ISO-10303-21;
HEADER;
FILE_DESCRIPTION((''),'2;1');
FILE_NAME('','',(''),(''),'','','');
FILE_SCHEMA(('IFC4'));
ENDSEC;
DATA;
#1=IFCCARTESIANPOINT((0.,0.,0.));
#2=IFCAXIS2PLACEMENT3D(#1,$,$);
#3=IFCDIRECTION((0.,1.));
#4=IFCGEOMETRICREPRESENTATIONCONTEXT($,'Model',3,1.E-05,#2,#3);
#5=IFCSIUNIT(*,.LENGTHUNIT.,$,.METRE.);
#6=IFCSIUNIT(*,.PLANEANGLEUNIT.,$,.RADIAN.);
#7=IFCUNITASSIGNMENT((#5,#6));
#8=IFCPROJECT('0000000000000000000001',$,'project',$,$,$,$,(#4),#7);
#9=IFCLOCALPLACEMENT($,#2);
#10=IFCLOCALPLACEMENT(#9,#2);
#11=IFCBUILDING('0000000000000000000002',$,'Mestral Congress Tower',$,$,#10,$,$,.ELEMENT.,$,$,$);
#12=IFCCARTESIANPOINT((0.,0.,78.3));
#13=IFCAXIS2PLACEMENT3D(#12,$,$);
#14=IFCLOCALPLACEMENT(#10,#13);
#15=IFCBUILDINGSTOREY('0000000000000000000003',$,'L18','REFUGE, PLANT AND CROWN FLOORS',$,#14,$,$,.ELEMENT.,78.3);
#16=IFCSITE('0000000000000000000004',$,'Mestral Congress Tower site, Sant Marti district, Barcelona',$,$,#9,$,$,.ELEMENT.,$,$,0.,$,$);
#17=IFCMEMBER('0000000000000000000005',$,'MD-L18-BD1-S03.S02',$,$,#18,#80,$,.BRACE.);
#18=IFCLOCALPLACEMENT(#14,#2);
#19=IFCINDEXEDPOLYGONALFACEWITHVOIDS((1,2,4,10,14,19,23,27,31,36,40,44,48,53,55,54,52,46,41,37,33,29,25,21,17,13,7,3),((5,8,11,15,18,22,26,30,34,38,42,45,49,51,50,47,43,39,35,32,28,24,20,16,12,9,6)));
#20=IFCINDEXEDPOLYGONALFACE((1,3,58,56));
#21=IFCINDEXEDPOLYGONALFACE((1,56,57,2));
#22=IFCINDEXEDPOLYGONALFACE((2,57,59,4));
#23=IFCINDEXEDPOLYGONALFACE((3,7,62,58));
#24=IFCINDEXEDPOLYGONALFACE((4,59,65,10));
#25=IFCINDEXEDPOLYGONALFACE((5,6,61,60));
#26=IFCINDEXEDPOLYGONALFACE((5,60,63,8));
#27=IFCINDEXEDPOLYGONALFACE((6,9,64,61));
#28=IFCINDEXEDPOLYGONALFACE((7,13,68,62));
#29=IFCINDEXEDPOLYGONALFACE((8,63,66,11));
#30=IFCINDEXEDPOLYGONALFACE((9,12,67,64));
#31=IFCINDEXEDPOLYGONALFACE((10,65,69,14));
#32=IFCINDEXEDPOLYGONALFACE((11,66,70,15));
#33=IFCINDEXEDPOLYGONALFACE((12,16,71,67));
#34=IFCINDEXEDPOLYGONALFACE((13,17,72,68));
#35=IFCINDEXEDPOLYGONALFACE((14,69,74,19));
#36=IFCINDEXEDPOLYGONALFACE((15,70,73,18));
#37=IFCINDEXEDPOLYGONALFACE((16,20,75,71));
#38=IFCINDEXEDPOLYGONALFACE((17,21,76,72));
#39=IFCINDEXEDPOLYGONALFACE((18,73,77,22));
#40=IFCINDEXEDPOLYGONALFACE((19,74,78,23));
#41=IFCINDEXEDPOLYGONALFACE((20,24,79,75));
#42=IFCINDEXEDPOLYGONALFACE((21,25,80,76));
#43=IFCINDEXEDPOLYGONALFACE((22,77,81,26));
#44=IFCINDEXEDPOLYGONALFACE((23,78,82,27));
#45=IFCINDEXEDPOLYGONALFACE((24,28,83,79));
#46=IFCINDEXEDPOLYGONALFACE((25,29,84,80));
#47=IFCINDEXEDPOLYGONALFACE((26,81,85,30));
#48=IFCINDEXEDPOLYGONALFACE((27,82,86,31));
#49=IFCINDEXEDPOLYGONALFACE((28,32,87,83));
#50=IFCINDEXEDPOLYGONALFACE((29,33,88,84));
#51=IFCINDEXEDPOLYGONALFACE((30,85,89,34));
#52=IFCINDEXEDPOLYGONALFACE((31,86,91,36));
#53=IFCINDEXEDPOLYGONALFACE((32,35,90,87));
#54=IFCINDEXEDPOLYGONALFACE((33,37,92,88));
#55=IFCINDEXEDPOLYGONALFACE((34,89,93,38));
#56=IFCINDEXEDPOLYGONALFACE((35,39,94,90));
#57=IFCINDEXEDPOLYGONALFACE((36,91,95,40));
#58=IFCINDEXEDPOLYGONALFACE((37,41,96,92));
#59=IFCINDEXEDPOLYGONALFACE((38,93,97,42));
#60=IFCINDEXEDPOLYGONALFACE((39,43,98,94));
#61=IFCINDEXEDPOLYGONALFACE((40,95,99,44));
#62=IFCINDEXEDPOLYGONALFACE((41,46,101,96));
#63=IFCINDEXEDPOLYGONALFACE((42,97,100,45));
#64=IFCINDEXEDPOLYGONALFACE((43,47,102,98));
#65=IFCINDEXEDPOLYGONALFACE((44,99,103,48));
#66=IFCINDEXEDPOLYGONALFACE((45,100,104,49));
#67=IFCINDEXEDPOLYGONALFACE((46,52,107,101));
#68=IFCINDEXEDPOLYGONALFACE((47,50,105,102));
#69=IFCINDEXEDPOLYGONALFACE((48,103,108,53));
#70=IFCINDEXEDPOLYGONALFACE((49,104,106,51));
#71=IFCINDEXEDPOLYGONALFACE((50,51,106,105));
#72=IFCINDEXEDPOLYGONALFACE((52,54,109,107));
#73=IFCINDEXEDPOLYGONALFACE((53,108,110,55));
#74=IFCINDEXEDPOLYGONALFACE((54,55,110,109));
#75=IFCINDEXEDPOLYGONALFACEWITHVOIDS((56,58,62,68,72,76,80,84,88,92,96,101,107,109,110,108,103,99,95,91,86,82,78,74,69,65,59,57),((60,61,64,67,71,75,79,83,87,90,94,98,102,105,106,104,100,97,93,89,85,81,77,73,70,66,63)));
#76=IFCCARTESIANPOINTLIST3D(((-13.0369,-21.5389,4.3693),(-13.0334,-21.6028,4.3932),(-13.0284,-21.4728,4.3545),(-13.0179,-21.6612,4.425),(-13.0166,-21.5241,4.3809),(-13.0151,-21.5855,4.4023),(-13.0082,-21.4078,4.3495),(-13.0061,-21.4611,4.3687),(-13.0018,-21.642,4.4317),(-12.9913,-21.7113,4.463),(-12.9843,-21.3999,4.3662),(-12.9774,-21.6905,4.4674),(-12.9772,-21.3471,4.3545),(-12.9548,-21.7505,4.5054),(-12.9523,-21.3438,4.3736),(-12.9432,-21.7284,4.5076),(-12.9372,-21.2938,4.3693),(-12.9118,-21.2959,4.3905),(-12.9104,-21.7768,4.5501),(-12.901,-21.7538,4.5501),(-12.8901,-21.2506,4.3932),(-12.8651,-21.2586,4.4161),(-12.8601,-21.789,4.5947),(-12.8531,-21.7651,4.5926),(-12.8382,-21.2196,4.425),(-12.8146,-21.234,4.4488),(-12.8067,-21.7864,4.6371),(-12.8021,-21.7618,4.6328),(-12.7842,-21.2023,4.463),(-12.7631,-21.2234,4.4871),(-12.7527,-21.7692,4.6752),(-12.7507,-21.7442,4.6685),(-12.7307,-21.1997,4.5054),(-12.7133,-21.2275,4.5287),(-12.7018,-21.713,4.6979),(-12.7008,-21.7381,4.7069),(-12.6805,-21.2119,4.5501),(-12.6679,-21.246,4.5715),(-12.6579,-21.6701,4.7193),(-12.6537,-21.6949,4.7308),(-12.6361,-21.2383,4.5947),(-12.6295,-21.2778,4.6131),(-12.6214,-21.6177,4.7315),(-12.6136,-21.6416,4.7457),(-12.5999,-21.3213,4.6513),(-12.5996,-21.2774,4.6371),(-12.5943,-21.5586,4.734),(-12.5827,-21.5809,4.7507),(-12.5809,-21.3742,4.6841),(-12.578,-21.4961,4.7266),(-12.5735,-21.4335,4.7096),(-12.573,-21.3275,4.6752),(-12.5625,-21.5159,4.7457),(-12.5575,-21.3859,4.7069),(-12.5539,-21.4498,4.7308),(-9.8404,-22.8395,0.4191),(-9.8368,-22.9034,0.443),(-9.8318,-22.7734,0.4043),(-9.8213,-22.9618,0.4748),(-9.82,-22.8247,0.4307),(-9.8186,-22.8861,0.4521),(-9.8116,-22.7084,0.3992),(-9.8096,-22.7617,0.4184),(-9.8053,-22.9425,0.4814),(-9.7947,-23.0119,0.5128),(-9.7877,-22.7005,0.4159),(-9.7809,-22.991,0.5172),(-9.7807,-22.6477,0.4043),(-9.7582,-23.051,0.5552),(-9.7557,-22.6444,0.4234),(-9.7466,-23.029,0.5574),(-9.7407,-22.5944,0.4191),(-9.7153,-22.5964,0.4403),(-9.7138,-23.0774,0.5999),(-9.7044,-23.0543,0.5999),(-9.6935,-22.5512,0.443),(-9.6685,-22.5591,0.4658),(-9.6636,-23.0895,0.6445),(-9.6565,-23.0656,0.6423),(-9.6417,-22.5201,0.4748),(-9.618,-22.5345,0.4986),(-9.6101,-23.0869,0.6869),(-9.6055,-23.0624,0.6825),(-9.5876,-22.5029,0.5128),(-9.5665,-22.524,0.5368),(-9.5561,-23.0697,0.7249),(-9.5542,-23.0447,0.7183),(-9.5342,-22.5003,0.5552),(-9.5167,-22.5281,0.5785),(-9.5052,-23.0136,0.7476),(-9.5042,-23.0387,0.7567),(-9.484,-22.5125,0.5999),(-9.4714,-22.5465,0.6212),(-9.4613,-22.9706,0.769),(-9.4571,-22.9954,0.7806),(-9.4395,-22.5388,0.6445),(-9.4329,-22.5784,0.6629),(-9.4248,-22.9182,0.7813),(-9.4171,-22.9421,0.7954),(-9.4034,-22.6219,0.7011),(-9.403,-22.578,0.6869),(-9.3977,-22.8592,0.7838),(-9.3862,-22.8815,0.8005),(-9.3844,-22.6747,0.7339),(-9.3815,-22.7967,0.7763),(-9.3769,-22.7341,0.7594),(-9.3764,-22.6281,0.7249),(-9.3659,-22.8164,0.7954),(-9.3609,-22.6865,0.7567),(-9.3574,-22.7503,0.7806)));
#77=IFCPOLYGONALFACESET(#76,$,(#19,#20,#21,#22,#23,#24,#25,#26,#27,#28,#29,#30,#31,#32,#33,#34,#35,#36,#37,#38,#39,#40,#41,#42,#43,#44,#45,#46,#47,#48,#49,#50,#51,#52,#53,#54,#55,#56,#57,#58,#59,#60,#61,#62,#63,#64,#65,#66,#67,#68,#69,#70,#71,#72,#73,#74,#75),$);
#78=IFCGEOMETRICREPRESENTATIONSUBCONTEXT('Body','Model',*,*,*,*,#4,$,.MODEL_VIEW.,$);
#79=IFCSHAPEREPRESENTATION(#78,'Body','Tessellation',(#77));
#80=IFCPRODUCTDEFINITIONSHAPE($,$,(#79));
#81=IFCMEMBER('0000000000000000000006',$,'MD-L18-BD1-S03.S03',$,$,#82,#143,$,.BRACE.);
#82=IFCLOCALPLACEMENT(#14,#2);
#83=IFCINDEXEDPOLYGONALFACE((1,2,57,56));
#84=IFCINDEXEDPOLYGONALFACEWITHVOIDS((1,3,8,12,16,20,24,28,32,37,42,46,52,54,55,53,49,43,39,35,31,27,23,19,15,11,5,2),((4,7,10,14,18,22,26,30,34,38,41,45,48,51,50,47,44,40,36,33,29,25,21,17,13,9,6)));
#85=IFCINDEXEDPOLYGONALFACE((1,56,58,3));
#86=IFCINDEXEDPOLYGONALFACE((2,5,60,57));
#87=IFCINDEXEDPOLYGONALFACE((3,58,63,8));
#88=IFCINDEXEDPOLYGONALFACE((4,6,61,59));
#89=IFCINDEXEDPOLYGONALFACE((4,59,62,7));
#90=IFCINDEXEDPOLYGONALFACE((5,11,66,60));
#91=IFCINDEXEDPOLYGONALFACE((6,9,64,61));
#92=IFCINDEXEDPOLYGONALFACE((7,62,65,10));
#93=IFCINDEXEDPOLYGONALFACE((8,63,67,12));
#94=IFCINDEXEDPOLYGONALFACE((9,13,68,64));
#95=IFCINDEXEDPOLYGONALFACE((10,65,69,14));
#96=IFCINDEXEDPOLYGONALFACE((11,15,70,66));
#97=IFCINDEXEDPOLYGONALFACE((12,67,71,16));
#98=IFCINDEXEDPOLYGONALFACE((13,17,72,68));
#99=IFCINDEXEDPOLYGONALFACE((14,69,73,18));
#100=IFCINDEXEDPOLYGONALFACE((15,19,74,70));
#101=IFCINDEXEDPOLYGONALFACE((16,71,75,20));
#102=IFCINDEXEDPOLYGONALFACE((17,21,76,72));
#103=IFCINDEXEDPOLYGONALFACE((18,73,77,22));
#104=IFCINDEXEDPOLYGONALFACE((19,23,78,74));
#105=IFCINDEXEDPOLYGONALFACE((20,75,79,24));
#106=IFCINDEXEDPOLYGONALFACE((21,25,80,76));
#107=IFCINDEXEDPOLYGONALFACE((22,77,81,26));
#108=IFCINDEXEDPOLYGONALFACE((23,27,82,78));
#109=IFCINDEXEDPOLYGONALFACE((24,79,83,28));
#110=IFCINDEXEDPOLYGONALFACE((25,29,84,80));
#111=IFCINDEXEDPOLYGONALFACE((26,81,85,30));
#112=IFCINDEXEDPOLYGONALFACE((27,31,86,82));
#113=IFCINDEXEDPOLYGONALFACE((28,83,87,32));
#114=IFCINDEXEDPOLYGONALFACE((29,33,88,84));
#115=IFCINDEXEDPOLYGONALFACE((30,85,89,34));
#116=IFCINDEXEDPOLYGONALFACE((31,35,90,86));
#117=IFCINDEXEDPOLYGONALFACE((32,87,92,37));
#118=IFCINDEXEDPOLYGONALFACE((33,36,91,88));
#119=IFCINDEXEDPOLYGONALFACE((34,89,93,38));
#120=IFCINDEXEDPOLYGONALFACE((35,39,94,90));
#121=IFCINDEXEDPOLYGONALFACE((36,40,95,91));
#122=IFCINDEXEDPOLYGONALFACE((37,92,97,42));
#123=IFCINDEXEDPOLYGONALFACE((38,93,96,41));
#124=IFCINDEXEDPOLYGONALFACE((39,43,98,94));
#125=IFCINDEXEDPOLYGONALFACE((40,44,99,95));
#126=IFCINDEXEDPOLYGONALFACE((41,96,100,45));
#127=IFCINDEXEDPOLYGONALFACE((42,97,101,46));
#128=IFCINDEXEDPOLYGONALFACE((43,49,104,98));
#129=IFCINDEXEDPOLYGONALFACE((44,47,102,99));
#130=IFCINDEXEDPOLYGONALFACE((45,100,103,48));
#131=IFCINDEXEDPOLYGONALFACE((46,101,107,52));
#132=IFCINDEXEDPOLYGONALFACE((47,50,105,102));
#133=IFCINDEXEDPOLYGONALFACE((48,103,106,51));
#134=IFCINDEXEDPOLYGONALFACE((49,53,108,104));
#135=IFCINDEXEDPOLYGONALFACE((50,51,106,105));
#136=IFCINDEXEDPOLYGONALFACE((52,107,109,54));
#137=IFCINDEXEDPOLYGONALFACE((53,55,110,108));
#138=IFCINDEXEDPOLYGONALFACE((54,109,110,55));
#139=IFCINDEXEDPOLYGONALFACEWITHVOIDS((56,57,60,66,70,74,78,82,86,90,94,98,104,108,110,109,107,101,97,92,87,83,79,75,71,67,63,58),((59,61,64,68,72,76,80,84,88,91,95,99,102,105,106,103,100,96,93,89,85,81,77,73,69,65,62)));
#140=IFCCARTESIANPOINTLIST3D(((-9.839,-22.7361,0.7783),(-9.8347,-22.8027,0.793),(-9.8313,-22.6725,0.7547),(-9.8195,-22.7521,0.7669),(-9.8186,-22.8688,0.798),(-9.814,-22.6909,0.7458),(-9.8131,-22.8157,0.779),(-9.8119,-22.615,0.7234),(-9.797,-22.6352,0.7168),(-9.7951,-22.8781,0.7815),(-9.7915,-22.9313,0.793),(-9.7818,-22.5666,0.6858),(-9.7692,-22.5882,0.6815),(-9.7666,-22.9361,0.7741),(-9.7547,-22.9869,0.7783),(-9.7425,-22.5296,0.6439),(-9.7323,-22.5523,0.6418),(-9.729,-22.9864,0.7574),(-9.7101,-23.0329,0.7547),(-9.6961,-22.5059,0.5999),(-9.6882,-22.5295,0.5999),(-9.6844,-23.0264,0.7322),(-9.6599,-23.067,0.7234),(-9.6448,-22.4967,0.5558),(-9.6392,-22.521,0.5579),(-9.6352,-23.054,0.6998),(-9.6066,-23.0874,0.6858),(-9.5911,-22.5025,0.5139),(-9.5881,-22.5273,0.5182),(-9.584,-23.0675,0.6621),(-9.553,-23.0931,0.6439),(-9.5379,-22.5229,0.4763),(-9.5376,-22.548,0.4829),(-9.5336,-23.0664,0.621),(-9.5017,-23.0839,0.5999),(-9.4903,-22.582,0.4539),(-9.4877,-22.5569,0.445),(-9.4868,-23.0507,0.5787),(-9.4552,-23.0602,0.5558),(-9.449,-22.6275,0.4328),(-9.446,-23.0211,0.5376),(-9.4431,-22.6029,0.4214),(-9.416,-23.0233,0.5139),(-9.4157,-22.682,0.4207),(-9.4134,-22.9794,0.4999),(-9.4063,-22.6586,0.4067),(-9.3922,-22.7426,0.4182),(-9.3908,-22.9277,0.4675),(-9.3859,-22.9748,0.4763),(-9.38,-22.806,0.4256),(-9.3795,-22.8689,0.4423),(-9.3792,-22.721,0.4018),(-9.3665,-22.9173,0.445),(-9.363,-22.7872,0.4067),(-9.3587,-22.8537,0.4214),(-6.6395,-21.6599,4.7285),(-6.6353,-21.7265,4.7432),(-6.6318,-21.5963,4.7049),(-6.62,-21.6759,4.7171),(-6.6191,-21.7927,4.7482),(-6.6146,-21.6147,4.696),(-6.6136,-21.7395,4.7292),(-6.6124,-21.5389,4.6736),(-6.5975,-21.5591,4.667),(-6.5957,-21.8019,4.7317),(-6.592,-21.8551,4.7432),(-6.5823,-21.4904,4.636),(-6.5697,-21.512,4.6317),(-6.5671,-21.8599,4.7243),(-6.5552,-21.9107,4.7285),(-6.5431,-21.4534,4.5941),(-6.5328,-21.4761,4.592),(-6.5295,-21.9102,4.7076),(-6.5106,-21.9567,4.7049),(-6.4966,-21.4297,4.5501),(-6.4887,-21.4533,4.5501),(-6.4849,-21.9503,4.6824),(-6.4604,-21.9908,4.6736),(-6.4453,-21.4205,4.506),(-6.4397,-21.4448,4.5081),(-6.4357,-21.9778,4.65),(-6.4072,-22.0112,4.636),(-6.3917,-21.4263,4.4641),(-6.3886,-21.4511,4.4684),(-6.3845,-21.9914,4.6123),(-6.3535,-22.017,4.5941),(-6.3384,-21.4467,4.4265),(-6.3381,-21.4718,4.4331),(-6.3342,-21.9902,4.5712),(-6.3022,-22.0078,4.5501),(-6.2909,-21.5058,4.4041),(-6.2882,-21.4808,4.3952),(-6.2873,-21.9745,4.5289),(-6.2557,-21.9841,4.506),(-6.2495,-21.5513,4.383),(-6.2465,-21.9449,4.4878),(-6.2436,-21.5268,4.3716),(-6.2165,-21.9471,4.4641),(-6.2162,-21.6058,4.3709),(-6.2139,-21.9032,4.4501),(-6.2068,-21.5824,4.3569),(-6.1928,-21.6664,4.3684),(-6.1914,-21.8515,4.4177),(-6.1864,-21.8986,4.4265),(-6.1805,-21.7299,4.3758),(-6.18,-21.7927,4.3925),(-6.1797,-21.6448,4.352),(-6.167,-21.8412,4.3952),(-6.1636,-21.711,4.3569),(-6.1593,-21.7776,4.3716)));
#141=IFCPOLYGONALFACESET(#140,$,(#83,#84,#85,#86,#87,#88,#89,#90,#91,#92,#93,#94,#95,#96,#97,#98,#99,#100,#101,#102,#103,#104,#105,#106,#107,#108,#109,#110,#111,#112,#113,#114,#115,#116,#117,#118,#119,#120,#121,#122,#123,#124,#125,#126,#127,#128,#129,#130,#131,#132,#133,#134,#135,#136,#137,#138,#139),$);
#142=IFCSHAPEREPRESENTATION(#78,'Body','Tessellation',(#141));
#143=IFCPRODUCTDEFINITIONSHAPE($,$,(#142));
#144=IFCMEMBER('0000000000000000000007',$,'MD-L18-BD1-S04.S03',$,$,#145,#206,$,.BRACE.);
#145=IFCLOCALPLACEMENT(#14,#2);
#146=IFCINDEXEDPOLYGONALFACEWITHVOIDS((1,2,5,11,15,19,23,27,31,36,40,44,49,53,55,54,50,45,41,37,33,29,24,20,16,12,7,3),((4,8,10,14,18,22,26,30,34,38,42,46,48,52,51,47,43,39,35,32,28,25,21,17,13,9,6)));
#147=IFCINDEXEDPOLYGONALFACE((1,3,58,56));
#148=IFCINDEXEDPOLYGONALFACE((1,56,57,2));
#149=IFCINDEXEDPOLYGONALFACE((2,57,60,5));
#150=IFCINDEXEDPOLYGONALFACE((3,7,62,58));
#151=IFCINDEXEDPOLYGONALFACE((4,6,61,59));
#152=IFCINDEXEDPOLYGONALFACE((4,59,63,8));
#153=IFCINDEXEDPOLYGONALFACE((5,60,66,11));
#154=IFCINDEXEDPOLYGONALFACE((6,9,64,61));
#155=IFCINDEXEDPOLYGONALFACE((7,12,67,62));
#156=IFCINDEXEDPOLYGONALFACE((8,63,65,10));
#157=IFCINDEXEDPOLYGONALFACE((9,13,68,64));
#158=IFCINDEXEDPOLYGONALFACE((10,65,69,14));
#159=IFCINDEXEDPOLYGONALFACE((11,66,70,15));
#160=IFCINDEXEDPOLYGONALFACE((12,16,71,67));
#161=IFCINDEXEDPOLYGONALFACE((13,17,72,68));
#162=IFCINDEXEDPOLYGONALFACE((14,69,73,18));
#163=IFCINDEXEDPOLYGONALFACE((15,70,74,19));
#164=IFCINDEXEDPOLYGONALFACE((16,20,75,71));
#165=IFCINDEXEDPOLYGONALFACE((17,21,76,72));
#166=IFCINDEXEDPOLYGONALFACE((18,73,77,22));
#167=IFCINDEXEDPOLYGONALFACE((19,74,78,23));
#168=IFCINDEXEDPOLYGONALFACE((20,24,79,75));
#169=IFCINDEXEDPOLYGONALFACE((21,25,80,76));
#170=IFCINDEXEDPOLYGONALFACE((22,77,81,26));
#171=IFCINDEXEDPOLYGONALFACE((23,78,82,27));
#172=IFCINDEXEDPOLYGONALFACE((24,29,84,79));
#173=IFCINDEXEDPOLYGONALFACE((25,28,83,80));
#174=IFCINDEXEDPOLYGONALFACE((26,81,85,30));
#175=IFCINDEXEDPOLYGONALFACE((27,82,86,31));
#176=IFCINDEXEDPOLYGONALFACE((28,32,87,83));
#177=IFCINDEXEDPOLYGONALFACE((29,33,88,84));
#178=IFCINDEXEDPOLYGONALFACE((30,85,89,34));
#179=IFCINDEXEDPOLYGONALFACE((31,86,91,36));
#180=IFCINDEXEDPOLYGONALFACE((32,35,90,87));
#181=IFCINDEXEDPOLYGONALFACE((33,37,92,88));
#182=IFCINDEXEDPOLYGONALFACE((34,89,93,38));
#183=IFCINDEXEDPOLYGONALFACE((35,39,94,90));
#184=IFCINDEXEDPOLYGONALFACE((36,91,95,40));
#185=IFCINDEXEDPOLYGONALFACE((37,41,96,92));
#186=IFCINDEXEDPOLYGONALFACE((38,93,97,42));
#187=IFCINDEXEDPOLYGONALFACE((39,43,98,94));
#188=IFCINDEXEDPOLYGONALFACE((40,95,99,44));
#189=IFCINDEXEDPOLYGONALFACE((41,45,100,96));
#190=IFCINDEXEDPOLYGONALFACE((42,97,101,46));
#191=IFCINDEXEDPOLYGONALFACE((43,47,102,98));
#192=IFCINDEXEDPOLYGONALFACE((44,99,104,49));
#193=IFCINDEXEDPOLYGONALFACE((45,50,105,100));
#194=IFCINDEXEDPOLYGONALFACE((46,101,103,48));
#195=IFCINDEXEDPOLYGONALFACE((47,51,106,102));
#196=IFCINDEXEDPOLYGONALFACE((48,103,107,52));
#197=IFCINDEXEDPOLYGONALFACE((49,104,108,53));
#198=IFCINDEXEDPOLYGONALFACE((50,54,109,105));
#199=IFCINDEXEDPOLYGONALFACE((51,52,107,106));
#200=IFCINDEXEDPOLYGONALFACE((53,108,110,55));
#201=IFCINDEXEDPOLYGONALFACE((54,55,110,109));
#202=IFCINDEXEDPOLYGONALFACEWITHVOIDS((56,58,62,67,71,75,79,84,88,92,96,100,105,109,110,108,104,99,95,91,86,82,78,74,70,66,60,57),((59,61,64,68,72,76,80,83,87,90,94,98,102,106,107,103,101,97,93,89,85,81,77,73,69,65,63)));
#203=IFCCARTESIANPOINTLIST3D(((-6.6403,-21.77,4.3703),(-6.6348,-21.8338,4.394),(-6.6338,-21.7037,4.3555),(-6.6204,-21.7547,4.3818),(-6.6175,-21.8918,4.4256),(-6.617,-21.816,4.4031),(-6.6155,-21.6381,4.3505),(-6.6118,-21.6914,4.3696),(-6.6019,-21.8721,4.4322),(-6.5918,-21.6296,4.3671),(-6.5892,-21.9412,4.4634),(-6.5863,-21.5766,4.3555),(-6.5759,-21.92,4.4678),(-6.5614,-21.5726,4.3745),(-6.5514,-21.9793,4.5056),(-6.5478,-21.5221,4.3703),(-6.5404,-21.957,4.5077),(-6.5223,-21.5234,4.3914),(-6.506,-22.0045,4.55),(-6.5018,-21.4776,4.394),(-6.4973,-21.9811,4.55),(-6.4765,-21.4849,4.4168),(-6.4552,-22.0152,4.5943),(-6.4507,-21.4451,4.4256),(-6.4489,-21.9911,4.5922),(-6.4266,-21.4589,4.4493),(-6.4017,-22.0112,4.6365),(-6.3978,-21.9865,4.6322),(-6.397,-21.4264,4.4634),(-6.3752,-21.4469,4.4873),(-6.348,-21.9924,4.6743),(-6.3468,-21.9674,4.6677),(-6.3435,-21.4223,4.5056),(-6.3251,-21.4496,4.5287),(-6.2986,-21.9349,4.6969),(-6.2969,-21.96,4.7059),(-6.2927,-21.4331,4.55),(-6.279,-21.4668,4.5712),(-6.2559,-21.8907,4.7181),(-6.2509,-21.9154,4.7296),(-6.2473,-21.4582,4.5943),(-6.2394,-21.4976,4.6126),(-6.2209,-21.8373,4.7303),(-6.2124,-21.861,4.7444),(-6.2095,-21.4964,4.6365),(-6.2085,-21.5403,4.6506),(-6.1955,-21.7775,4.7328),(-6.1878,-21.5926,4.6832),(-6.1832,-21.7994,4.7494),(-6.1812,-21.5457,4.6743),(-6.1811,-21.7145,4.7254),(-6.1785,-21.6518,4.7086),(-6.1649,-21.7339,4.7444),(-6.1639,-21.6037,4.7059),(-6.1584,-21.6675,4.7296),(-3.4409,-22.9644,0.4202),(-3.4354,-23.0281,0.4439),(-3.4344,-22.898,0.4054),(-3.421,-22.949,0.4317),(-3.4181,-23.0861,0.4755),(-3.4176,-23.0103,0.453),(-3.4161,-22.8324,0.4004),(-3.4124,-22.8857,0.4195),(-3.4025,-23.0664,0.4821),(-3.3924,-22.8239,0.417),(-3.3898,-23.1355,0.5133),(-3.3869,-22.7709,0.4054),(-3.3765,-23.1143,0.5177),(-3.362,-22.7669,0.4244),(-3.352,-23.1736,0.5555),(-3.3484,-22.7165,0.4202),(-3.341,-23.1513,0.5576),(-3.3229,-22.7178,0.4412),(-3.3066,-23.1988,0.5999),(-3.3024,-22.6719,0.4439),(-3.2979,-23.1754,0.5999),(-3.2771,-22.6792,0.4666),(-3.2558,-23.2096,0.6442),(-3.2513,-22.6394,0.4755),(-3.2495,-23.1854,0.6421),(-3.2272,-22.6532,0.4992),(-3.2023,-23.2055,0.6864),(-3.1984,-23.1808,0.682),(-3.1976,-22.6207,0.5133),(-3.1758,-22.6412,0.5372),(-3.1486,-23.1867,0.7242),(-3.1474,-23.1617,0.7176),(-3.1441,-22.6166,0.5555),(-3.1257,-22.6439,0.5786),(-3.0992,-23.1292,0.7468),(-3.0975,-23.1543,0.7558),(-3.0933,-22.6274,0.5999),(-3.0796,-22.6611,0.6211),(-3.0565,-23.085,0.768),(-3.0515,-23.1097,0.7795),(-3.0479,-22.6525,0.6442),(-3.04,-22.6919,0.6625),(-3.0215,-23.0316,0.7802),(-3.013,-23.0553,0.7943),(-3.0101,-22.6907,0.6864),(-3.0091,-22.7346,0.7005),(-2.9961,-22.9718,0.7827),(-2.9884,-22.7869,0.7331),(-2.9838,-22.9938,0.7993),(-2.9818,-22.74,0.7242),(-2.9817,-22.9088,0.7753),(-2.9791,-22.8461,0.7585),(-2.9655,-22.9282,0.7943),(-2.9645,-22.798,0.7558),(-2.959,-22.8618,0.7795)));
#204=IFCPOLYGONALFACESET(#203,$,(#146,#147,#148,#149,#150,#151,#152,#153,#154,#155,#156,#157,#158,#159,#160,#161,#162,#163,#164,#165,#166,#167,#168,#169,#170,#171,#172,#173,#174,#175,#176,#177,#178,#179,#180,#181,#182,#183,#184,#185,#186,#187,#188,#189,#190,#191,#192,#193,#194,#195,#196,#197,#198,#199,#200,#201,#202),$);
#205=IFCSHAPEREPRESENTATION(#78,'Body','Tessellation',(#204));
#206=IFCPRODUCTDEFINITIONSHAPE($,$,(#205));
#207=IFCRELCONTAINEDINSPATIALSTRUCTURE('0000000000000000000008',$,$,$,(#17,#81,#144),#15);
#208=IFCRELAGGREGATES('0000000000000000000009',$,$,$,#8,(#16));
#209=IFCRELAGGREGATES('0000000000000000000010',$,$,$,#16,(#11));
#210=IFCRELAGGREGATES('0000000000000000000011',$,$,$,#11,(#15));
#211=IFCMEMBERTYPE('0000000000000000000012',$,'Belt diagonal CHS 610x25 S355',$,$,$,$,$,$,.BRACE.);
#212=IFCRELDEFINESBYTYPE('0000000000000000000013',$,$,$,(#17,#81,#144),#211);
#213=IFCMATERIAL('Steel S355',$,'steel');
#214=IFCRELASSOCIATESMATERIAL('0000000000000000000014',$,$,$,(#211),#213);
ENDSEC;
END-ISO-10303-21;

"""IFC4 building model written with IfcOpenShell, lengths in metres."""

from ifc_helpers import new_model, si_unit, direction, frame, origin, origin_2d, place, context, subcontext, project, spatial, hollow_circle, extrude, material, material_profile, profile_set, type_object, element, save


model = new_model("IFC4")

# Units and contexts
model_context = context("Model", 3, precision=1e-05, world=origin(), true_north=direction((0.0, 1.0)))
body_context = subcontext(model_context, "Body", "Model", "MODEL_VIEW")
ifc_project = project(units=[si_unit("LENGTHUNIT", "METRE"), si_unit("PLANEANGLEUNIT", "RADIAN")], contexts=[model_context])

# Site, building, storey
site_placement = place(None, origin())
site = spatial("IfcSite", under=ifc_project, at=site_placement, Name="Mestral Congress Tower site, Sant Marti district, Barcelona", CompositionType="ELEMENT", RefElevation=0.0)
building_placement = place(site_placement, origin())
building = spatial("IfcBuilding", under=site, at=building_placement, Name="Mestral Congress Tower", CompositionType="ELEMENT")
storey_placement = place(building_placement, frame((0.0, 0.0, 78.3)))
storey = spatial("IfcBuildingStorey", under=building, at=storey_placement, Name="L18", Description="REFUGE, PLANT AND CROWN FLOORS", CompositionType="ELEMENT", Elevation=78.3)

# Members
ifc_material_1 = material(Name="Steel S355", Category="steel")
ifc_material_profile_1 = material_profile(ifc_material_1, hollow_circle(Radius=0.3049, WallThickness=0.0249, at=origin_2d()), Name="CHS 610x25")
ifc_profile_set_1 = profile_set([ifc_material_profile_1], Name="Steel S355")
member_type_1 = type_object("IfcMemberType", Name="Belt diagonal CHS 610x25 S355", PredefinedType="BRACE", material=ifc_profile_set_1)
member_1_placement = place(storey_placement, frame((-9.5989, -22.7949, 0.5999), z_axis=(-0.609408, 0.247943, 0.753091), x_axis=(-0.376861, -0.92627, 0.0)))
element("IfcMember", 1, at=member_1_placement, inside=storey, type_object=member_type_1, Name="MD-L18-BD1-S03.S02", PredefinedType="BRACE", context=body_context, shape_type="SweptSolid", body=[
    extrude(hollow_circle(Radius=0.3049, WallThickness=0.0249, at=origin_2d()), origin(), (0.0, 0.0, 1.0), 5.2454),
])
member_2_placement = place(storey_placement, frame((-9.5989, -22.7949, 0.5999), z_axis=(0.615751, 0.207114, 0.760233), x_axis=(-0.318809, 0.947819, 0.0)))
element("IfcMember", 2, at=member_2_placement, inside=storey, type_object=member_type_1, Name="MD-L18-BD1-S03.S03", PredefinedType="BRACE", context=body_context, shape_type="SweptSolid", body=[
    extrude(hollow_circle(Radius=0.3049, WallThickness=0.0249, at=origin_2d()), origin(), (0.0, 0.0, 1.0), 5.196),
])
member_3_placement = place(storey_placement, frame((-3.2, -22.9131, 0.5999), z_axis=(-0.612714, 0.228722, 0.756484), x_axis=(-0.349721, -0.936854, 0.0)))
element("IfcMember", 3, at=member_3_placement, inside=storey, type_object=member_type_1, Name="MD-L18-BD1-S04.S03", PredefinedType="BRACE", context=body_context, shape_type="SweptSolid", body=[
    extrude(hollow_circle(Radius=0.3049, WallThickness=0.0249, at=origin_2d()), origin(), (0.0, 0.0, 1.0), 5.2217),
])

save(model, "model.ifc")
